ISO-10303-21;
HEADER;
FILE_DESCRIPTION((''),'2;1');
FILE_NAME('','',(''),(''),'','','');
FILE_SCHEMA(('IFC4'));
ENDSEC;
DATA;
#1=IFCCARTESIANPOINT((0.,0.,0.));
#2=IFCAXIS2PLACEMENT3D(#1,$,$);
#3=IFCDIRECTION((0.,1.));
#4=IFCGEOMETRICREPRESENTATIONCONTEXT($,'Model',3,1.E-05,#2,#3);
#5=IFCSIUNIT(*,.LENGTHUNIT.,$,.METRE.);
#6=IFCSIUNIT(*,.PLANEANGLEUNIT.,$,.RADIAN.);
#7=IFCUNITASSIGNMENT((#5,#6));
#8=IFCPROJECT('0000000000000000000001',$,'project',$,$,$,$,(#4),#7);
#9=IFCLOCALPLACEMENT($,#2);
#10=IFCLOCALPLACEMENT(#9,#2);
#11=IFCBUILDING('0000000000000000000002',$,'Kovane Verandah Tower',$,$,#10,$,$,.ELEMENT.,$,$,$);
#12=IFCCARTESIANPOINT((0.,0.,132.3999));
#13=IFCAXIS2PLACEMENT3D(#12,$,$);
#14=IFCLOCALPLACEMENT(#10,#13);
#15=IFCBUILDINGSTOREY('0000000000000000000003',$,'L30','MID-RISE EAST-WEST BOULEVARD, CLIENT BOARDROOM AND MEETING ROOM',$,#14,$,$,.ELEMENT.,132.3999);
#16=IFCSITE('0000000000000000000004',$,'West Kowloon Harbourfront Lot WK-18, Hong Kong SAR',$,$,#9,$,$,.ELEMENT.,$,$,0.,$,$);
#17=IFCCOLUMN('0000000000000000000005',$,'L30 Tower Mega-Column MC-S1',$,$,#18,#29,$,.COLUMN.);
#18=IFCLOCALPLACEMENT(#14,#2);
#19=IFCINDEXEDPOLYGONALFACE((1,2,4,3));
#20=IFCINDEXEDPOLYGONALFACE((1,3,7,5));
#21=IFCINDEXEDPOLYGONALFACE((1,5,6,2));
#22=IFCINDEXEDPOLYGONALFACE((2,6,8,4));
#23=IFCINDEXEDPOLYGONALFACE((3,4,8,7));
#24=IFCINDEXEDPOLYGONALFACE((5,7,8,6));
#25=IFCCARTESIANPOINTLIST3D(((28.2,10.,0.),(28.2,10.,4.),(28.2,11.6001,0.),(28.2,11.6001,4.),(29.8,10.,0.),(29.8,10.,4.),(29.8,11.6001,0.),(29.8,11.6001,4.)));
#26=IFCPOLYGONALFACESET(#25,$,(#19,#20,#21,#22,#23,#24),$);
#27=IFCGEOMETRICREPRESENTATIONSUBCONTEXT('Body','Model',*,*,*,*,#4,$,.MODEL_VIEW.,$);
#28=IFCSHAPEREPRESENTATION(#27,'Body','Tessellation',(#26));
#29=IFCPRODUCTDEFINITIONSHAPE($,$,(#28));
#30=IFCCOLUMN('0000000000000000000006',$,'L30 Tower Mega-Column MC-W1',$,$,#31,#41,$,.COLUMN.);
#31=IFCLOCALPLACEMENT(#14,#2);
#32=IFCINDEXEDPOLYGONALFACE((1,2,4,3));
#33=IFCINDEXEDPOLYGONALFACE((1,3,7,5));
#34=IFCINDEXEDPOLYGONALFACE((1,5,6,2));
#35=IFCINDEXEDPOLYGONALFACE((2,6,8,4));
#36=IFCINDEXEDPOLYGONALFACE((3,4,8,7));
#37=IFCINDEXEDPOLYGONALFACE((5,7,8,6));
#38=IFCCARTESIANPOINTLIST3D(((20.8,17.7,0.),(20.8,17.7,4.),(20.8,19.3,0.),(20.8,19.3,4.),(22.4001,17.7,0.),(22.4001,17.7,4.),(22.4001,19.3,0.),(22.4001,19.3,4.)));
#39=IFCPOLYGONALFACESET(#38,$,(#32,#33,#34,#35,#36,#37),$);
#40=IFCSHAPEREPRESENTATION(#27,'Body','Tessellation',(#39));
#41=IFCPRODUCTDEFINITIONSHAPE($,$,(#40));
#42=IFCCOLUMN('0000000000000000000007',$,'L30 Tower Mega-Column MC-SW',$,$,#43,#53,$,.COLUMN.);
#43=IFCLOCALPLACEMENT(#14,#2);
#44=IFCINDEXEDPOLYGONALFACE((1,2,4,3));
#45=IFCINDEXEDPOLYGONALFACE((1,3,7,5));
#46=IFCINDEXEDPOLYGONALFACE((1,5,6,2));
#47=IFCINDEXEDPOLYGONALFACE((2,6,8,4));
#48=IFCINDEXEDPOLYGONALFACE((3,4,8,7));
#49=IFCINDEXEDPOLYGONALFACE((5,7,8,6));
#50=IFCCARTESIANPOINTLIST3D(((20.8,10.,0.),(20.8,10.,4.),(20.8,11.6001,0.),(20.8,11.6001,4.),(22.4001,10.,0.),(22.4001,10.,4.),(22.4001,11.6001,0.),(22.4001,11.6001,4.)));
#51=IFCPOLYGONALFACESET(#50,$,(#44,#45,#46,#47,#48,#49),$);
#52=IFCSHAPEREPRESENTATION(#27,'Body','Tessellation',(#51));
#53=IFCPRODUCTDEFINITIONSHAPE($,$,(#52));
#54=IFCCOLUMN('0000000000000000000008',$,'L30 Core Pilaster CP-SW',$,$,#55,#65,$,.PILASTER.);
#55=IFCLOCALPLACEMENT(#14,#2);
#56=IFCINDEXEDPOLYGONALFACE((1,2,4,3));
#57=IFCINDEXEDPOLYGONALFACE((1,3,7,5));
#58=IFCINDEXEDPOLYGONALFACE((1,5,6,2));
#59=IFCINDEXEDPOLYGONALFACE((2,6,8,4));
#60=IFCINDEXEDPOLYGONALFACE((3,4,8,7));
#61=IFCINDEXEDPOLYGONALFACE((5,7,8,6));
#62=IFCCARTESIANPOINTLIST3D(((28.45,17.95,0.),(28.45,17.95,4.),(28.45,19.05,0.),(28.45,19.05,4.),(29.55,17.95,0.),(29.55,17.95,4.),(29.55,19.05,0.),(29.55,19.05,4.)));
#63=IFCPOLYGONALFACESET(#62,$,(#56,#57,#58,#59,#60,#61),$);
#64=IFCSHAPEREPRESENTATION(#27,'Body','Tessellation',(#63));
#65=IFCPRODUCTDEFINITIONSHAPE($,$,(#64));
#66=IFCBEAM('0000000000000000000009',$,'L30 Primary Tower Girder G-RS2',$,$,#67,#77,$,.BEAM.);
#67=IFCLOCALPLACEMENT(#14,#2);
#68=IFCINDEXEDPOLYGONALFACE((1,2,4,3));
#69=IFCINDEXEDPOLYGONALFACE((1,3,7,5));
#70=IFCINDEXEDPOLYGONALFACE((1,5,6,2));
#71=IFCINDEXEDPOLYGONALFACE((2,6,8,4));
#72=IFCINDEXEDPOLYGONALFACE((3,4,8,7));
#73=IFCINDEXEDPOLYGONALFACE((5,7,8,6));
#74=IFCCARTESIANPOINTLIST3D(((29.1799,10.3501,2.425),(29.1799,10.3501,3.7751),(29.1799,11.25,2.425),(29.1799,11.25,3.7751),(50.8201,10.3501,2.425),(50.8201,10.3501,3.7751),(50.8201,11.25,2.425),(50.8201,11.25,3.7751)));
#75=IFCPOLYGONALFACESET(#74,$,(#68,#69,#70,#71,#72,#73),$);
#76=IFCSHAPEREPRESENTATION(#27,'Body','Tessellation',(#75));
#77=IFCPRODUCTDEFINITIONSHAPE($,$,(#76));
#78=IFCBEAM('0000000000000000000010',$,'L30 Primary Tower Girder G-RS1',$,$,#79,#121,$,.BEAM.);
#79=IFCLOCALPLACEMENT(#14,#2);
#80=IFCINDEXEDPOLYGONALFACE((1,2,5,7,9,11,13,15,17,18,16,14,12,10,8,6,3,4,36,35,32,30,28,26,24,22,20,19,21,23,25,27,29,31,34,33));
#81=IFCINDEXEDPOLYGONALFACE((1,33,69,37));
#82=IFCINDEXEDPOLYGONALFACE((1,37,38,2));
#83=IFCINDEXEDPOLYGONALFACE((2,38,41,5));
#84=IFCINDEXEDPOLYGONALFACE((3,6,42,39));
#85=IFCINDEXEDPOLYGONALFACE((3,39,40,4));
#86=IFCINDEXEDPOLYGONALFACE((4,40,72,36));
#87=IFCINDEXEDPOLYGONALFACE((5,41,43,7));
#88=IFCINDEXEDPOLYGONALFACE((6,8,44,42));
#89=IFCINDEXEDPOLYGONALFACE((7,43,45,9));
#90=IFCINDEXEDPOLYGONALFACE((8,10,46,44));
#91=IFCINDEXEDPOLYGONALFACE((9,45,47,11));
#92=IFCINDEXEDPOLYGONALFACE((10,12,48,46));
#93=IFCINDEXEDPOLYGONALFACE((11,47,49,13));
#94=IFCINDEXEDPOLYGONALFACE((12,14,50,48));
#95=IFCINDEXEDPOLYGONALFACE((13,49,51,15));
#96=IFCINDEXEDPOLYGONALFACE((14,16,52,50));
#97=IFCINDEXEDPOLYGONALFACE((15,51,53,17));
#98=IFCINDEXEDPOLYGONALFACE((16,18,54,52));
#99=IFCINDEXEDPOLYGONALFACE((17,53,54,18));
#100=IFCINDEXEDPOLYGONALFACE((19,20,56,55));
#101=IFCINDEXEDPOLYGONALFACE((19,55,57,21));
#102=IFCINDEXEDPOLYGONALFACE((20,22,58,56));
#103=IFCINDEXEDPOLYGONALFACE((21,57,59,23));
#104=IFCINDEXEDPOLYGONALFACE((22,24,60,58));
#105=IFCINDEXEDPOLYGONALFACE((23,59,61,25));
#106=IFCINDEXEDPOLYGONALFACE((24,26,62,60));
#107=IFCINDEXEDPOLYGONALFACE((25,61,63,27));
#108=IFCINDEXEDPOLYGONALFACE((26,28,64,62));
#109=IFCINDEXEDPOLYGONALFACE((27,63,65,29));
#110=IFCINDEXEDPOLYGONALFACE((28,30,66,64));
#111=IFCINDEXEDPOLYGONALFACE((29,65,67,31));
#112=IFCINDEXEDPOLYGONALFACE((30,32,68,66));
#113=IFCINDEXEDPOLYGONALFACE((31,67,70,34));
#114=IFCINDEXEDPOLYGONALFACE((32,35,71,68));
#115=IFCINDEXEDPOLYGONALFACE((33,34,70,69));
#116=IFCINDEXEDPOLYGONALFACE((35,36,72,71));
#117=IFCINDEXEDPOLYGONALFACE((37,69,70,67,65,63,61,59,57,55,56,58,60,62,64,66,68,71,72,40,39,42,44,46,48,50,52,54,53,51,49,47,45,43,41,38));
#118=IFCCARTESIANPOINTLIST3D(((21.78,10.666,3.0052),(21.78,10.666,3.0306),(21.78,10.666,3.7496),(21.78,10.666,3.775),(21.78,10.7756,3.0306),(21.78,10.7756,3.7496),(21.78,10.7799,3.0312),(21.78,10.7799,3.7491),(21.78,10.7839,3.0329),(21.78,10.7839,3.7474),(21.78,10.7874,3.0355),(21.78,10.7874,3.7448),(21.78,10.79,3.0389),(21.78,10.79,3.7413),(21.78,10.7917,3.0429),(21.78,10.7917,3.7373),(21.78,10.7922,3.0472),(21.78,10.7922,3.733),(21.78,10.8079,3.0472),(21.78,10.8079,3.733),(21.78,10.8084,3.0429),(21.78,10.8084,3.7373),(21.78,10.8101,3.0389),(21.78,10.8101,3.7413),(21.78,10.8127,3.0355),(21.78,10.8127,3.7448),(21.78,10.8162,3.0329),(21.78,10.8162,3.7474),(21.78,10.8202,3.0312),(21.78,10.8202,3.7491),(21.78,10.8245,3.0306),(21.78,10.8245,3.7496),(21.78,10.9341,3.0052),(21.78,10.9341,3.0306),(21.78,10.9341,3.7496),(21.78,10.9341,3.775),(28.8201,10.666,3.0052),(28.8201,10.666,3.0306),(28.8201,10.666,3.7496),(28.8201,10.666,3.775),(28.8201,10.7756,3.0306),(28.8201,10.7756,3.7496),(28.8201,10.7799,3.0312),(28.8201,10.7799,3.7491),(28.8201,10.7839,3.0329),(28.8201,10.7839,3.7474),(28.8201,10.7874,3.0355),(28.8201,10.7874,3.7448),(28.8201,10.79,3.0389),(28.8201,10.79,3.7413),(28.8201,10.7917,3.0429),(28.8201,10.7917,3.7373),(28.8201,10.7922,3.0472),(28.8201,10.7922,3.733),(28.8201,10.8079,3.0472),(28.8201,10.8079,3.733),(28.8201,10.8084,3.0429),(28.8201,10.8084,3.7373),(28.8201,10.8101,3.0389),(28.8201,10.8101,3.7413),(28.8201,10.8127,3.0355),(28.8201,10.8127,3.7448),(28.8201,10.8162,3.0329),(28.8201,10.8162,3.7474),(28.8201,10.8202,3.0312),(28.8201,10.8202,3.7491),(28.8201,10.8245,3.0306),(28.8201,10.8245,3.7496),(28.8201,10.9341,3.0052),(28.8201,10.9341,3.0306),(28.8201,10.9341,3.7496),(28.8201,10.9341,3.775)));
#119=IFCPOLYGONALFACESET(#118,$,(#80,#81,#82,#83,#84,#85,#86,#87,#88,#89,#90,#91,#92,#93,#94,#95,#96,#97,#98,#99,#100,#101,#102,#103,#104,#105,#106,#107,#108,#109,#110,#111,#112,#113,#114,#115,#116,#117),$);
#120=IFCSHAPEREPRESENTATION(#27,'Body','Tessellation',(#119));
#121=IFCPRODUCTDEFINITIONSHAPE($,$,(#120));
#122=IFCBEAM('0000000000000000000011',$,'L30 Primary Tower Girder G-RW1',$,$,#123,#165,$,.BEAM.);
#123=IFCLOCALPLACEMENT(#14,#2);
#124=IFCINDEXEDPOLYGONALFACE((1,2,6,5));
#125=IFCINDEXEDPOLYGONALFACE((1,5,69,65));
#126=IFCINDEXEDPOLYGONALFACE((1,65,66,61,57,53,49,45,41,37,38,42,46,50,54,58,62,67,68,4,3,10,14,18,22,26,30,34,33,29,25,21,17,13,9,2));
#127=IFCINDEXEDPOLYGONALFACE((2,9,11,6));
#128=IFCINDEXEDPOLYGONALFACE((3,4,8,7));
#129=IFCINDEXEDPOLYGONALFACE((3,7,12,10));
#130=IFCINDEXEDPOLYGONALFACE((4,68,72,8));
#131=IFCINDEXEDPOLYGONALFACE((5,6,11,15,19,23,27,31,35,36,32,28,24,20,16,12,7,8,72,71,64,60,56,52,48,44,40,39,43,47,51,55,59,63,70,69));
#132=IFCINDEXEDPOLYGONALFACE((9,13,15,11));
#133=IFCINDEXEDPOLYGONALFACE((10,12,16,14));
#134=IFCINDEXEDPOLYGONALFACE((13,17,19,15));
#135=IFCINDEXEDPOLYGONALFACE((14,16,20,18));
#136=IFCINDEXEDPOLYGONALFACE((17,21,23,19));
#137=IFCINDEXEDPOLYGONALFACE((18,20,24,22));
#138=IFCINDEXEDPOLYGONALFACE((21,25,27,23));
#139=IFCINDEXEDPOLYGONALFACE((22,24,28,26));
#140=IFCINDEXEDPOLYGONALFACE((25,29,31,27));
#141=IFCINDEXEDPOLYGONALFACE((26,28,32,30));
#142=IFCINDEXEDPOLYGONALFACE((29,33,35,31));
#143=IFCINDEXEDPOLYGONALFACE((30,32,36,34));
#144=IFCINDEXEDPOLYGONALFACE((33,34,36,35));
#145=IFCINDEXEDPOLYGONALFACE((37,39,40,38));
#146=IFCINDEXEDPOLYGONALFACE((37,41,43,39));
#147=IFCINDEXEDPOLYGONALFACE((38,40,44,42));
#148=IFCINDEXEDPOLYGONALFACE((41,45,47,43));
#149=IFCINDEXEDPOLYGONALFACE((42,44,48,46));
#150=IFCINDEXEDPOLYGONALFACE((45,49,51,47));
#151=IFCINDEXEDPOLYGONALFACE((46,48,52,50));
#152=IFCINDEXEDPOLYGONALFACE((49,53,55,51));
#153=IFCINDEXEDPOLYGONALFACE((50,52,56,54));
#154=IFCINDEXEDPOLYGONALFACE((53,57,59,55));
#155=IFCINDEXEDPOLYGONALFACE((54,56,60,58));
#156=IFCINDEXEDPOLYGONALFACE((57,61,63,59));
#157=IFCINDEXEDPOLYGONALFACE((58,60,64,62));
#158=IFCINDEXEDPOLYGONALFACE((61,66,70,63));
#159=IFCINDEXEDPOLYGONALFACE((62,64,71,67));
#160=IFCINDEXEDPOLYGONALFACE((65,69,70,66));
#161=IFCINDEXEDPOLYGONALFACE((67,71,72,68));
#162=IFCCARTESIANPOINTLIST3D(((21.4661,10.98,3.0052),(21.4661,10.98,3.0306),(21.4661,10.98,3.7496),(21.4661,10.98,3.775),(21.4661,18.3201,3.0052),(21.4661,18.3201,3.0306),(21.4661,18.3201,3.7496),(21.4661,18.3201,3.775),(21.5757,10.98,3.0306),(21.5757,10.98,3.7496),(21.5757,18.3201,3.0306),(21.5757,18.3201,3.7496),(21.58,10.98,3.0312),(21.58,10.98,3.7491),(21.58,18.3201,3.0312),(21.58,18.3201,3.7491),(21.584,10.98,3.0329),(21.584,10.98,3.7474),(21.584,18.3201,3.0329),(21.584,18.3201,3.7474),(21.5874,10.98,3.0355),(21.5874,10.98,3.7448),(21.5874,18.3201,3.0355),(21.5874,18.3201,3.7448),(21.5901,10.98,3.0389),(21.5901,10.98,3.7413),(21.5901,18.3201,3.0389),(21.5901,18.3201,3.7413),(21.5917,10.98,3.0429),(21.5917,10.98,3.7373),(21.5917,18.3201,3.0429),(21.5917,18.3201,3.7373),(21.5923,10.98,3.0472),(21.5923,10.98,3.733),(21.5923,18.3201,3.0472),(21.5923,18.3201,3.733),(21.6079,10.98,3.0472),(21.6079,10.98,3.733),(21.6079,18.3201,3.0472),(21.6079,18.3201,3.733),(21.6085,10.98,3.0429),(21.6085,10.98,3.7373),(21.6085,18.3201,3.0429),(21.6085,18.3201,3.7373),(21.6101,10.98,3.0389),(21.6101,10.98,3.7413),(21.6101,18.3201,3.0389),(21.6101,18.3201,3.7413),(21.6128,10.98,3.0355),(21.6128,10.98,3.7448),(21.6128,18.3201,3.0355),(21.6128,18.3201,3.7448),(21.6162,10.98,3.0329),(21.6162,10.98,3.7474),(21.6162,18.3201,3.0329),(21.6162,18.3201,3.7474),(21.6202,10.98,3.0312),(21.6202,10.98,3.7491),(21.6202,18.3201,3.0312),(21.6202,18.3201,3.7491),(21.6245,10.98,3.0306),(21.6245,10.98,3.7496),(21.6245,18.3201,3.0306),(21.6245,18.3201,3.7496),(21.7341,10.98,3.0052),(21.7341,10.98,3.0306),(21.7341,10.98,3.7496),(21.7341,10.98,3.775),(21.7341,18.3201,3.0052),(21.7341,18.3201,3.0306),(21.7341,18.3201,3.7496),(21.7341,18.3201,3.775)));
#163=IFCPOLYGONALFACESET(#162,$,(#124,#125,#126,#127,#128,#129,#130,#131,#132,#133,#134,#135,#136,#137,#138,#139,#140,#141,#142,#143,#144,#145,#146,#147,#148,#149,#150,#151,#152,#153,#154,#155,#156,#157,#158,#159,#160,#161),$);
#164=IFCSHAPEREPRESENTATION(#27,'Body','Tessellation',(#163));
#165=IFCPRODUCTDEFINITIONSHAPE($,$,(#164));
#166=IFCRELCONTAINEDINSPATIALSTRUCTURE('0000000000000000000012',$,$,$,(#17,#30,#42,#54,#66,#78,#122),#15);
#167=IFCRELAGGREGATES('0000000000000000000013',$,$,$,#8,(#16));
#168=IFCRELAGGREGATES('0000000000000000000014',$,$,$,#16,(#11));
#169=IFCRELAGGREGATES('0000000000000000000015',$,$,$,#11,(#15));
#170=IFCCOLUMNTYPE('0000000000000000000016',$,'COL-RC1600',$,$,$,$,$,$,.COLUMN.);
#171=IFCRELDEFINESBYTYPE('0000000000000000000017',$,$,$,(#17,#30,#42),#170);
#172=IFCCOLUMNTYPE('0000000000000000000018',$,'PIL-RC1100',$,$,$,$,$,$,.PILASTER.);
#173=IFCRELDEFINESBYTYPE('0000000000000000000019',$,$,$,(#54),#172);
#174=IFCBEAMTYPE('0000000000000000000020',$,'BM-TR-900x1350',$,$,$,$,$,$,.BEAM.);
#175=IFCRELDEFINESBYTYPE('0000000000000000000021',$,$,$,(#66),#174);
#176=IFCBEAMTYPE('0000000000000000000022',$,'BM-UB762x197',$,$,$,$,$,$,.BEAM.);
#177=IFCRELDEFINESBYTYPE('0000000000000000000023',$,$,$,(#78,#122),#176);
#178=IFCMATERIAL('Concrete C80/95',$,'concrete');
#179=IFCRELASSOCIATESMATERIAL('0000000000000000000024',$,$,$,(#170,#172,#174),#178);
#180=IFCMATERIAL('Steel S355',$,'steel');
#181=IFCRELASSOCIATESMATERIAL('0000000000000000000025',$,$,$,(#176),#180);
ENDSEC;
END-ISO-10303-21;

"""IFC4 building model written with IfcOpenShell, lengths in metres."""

from ifc_helpers import new_model, si_unit, direction, frame, origin, origin_2d, place, context, subcontext, project, spatial, rectangle, i_section, extrude, material, material_profile, profile_set, type_object, element, save


model = new_model("IFC4")

# Units and contexts
model_context = context("Model", 3, precision=1e-05, world=origin(), true_north=direction((0.0, 1.0)))
body_context = subcontext(model_context, "Body", "Model", "MODEL_VIEW")
ifc_project = project(units=[si_unit("LENGTHUNIT", "METRE"), si_unit("PLANEANGLEUNIT", "RADIAN")], contexts=[model_context])

# Site, building, storey
site_placement = place(None, origin())
site = spatial("IfcSite", under=ifc_project, at=site_placement, Name="West Kowloon Harbourfront Lot WK-18, Hong Kong SAR", CompositionType="ELEMENT", RefElevation=0.0)
building_placement = place(site_placement, origin())
building = spatial("IfcBuilding", under=site, at=building_placement, Name="Kovane Verandah Tower", CompositionType="ELEMENT")
storey_placement = place(building_placement, frame((0.0, 0.0, 132.3999)))
storey = spatial("IfcBuildingStorey", under=building, at=storey_placement, Name="L30", Description="MID-RISE EAST-WEST BOULEVARD, CLIENT BOARDROOM AND MEETING ROOM", CompositionType="ELEMENT", Elevation=132.3999)

# Columns
ifc_material_1 = material(Name="Concrete C80/95", Category="concrete")
ifc_material_profile_1 = material_profile(ifc_material_1, rectangle(XDim=1.6001, YDim=1.6001, at=origin_2d()), Name="RC1600x1600")
ifc_profile_set_1 = profile_set([ifc_material_profile_1], Name="Concrete C80/95")
column_type_1 = type_object("IfcColumnType", Name="COL-RC1600", PredefinedType="COLUMN", material=ifc_profile_set_1)
for number, where, z_axis, x_axis, name in (
    (1, (29.0, 10.8, 0.0), (0.0, 0.0, 1.0), (1.0, 0.0, 0.0), "L30 Tower Mega-Column MC-S1"),
    (2, (21.6001, 18.5, 0.0), (0.0, 0.0, 1.0), (1.0, 0.0, 0.0), "L30 Tower Mega-Column MC-W1"),
    (3, (21.6001, 10.8, 0.0), (0.0, 0.0, 1.0), (1.0, 0.0, 0.0), "L30 Tower Mega-Column MC-SW"),
):
    element("IfcColumn", number, at=place(storey_placement, frame(where, z_axis=z_axis, x_axis=x_axis)), inside=storey, type_object=column_type_1, Name=name, PredefinedType="COLUMN", context=body_context, shape_type="SweptSolid", body=[
        extrude(rectangle(XDim=1.6001, YDim=1.6001, at=origin_2d()), origin(), (0.0, 0.0, 1.0), 4.0),
    ])
ifc_material_profile_2 = material_profile(ifc_material_1, rectangle(XDim=1.1001, YDim=1.1001, at=origin_2d()), Name="RC1100x1100")
ifc_profile_set_2 = profile_set([ifc_material_profile_2], Name="Concrete C80/95")
column_type_2 = type_object("IfcColumnType", Name="PIL-RC1100", PredefinedType="PILASTER", material=ifc_profile_set_2)
column_placement = place(storey_placement, frame((29.0, 18.5, 0.0), z_axis=(0.0, 0.0, 1.0), x_axis=(1.0, 0.0, 0.0)))
element("IfcColumn", 4, at=column_placement, inside=storey, type_object=column_type_2, Name="L30 Core Pilaster CP-SW", PredefinedType="PILASTER", context=body_context, shape_type="SweptSolid", body=[
    extrude(rectangle(XDim=1.1001, YDim=1.1001, at=origin_2d()), origin(), (0.0, 0.0, 1.0), 4.0),
])

# Beams
ifc_material_profile_3 = material_profile(ifc_material_1, rectangle(XDim=0.8999, YDim=1.3501, at=origin_2d()), Name="RCB900x1350")
ifc_profile_set_3 = profile_set([ifc_material_profile_3], Name="Concrete C80/95")
beam_type_1 = type_object("IfcBeamType", Name="BM-TR-900x1350", PredefinedType="BEAM", material=ifc_profile_set_3)
beam_1_placement = place(storey_placement, frame((29.1799, 10.8, 3.1001), z_axis=(1.0, 0.0, 0.0), x_axis=(0.0, 1.0, 0.0)))
element("IfcBeam", 5, at=beam_1_placement, inside=storey, type_object=beam_type_1, Name="L30 Primary Tower Girder G-RS2", PredefinedType="BEAM", context=body_context, shape_type="SweptSolid", body=[
    extrude(rectangle(XDim=0.8999, YDim=1.3501, at=origin_2d()), origin(), (0.0, 0.0, 1.0), 21.6401),
])
ifc_material_2 = material(Name="Steel S355", Category="steel")
ifc_material_profile_4 = material_profile(ifc_material_2, i_section(OverallWidth=0.2681, OverallDepth=0.7698, WebThickness=0.0156, FlangeThickness=0.0254, FilletRadius=0.0166, at=origin_2d()), Name="UB762x267x197")
ifc_profile_set_4 = profile_set([ifc_material_profile_4], Name="Steel S355")
beam_type_2 = type_object("IfcBeamType", Name="BM-UB762x197", PredefinedType="BEAM", material=ifc_profile_set_4)
beam_2_placement = place(storey_placement, frame((21.78, 10.8, 3.3901), z_axis=(1.0, 0.0, 0.0), x_axis=(0.0, 1.0, 0.0)))
element("IfcBeam", 6, at=beam_2_placement, inside=storey, type_object=beam_type_2, Name="L30 Primary Tower Girder G-RS1", PredefinedType="BEAM", context=body_context, shape_type="SweptSolid", body=[
    extrude(i_section(OverallWidth=0.2681, OverallDepth=0.7698, WebThickness=0.0156, FlangeThickness=0.0254, FilletRadius=0.0166, at=origin_2d()), origin(), (0.0, 0.0, 1.0), 7.04),
])
beam_3_placement = place(storey_placement, frame((21.6001, 10.98, 3.3901), z_axis=(0.0, 1.0, 0.0), x_axis=(-1.0, 0.0, 0.0)))
element("IfcBeam", 7, at=beam_3_placement, inside=storey, type_object=beam_type_2, Name="L30 Primary Tower Girder G-RW1", PredefinedType="BEAM", context=body_context, shape_type="SweptSolid", body=[
    extrude(i_section(OverallWidth=0.2681, OverallDepth=0.7698, WebThickness=0.0156, FlangeThickness=0.0254, FilletRadius=0.0166, at=origin_2d()), origin(), (0.0, 0.0, 1.0), 7.3401),
])

save(model, "model.ifc")
